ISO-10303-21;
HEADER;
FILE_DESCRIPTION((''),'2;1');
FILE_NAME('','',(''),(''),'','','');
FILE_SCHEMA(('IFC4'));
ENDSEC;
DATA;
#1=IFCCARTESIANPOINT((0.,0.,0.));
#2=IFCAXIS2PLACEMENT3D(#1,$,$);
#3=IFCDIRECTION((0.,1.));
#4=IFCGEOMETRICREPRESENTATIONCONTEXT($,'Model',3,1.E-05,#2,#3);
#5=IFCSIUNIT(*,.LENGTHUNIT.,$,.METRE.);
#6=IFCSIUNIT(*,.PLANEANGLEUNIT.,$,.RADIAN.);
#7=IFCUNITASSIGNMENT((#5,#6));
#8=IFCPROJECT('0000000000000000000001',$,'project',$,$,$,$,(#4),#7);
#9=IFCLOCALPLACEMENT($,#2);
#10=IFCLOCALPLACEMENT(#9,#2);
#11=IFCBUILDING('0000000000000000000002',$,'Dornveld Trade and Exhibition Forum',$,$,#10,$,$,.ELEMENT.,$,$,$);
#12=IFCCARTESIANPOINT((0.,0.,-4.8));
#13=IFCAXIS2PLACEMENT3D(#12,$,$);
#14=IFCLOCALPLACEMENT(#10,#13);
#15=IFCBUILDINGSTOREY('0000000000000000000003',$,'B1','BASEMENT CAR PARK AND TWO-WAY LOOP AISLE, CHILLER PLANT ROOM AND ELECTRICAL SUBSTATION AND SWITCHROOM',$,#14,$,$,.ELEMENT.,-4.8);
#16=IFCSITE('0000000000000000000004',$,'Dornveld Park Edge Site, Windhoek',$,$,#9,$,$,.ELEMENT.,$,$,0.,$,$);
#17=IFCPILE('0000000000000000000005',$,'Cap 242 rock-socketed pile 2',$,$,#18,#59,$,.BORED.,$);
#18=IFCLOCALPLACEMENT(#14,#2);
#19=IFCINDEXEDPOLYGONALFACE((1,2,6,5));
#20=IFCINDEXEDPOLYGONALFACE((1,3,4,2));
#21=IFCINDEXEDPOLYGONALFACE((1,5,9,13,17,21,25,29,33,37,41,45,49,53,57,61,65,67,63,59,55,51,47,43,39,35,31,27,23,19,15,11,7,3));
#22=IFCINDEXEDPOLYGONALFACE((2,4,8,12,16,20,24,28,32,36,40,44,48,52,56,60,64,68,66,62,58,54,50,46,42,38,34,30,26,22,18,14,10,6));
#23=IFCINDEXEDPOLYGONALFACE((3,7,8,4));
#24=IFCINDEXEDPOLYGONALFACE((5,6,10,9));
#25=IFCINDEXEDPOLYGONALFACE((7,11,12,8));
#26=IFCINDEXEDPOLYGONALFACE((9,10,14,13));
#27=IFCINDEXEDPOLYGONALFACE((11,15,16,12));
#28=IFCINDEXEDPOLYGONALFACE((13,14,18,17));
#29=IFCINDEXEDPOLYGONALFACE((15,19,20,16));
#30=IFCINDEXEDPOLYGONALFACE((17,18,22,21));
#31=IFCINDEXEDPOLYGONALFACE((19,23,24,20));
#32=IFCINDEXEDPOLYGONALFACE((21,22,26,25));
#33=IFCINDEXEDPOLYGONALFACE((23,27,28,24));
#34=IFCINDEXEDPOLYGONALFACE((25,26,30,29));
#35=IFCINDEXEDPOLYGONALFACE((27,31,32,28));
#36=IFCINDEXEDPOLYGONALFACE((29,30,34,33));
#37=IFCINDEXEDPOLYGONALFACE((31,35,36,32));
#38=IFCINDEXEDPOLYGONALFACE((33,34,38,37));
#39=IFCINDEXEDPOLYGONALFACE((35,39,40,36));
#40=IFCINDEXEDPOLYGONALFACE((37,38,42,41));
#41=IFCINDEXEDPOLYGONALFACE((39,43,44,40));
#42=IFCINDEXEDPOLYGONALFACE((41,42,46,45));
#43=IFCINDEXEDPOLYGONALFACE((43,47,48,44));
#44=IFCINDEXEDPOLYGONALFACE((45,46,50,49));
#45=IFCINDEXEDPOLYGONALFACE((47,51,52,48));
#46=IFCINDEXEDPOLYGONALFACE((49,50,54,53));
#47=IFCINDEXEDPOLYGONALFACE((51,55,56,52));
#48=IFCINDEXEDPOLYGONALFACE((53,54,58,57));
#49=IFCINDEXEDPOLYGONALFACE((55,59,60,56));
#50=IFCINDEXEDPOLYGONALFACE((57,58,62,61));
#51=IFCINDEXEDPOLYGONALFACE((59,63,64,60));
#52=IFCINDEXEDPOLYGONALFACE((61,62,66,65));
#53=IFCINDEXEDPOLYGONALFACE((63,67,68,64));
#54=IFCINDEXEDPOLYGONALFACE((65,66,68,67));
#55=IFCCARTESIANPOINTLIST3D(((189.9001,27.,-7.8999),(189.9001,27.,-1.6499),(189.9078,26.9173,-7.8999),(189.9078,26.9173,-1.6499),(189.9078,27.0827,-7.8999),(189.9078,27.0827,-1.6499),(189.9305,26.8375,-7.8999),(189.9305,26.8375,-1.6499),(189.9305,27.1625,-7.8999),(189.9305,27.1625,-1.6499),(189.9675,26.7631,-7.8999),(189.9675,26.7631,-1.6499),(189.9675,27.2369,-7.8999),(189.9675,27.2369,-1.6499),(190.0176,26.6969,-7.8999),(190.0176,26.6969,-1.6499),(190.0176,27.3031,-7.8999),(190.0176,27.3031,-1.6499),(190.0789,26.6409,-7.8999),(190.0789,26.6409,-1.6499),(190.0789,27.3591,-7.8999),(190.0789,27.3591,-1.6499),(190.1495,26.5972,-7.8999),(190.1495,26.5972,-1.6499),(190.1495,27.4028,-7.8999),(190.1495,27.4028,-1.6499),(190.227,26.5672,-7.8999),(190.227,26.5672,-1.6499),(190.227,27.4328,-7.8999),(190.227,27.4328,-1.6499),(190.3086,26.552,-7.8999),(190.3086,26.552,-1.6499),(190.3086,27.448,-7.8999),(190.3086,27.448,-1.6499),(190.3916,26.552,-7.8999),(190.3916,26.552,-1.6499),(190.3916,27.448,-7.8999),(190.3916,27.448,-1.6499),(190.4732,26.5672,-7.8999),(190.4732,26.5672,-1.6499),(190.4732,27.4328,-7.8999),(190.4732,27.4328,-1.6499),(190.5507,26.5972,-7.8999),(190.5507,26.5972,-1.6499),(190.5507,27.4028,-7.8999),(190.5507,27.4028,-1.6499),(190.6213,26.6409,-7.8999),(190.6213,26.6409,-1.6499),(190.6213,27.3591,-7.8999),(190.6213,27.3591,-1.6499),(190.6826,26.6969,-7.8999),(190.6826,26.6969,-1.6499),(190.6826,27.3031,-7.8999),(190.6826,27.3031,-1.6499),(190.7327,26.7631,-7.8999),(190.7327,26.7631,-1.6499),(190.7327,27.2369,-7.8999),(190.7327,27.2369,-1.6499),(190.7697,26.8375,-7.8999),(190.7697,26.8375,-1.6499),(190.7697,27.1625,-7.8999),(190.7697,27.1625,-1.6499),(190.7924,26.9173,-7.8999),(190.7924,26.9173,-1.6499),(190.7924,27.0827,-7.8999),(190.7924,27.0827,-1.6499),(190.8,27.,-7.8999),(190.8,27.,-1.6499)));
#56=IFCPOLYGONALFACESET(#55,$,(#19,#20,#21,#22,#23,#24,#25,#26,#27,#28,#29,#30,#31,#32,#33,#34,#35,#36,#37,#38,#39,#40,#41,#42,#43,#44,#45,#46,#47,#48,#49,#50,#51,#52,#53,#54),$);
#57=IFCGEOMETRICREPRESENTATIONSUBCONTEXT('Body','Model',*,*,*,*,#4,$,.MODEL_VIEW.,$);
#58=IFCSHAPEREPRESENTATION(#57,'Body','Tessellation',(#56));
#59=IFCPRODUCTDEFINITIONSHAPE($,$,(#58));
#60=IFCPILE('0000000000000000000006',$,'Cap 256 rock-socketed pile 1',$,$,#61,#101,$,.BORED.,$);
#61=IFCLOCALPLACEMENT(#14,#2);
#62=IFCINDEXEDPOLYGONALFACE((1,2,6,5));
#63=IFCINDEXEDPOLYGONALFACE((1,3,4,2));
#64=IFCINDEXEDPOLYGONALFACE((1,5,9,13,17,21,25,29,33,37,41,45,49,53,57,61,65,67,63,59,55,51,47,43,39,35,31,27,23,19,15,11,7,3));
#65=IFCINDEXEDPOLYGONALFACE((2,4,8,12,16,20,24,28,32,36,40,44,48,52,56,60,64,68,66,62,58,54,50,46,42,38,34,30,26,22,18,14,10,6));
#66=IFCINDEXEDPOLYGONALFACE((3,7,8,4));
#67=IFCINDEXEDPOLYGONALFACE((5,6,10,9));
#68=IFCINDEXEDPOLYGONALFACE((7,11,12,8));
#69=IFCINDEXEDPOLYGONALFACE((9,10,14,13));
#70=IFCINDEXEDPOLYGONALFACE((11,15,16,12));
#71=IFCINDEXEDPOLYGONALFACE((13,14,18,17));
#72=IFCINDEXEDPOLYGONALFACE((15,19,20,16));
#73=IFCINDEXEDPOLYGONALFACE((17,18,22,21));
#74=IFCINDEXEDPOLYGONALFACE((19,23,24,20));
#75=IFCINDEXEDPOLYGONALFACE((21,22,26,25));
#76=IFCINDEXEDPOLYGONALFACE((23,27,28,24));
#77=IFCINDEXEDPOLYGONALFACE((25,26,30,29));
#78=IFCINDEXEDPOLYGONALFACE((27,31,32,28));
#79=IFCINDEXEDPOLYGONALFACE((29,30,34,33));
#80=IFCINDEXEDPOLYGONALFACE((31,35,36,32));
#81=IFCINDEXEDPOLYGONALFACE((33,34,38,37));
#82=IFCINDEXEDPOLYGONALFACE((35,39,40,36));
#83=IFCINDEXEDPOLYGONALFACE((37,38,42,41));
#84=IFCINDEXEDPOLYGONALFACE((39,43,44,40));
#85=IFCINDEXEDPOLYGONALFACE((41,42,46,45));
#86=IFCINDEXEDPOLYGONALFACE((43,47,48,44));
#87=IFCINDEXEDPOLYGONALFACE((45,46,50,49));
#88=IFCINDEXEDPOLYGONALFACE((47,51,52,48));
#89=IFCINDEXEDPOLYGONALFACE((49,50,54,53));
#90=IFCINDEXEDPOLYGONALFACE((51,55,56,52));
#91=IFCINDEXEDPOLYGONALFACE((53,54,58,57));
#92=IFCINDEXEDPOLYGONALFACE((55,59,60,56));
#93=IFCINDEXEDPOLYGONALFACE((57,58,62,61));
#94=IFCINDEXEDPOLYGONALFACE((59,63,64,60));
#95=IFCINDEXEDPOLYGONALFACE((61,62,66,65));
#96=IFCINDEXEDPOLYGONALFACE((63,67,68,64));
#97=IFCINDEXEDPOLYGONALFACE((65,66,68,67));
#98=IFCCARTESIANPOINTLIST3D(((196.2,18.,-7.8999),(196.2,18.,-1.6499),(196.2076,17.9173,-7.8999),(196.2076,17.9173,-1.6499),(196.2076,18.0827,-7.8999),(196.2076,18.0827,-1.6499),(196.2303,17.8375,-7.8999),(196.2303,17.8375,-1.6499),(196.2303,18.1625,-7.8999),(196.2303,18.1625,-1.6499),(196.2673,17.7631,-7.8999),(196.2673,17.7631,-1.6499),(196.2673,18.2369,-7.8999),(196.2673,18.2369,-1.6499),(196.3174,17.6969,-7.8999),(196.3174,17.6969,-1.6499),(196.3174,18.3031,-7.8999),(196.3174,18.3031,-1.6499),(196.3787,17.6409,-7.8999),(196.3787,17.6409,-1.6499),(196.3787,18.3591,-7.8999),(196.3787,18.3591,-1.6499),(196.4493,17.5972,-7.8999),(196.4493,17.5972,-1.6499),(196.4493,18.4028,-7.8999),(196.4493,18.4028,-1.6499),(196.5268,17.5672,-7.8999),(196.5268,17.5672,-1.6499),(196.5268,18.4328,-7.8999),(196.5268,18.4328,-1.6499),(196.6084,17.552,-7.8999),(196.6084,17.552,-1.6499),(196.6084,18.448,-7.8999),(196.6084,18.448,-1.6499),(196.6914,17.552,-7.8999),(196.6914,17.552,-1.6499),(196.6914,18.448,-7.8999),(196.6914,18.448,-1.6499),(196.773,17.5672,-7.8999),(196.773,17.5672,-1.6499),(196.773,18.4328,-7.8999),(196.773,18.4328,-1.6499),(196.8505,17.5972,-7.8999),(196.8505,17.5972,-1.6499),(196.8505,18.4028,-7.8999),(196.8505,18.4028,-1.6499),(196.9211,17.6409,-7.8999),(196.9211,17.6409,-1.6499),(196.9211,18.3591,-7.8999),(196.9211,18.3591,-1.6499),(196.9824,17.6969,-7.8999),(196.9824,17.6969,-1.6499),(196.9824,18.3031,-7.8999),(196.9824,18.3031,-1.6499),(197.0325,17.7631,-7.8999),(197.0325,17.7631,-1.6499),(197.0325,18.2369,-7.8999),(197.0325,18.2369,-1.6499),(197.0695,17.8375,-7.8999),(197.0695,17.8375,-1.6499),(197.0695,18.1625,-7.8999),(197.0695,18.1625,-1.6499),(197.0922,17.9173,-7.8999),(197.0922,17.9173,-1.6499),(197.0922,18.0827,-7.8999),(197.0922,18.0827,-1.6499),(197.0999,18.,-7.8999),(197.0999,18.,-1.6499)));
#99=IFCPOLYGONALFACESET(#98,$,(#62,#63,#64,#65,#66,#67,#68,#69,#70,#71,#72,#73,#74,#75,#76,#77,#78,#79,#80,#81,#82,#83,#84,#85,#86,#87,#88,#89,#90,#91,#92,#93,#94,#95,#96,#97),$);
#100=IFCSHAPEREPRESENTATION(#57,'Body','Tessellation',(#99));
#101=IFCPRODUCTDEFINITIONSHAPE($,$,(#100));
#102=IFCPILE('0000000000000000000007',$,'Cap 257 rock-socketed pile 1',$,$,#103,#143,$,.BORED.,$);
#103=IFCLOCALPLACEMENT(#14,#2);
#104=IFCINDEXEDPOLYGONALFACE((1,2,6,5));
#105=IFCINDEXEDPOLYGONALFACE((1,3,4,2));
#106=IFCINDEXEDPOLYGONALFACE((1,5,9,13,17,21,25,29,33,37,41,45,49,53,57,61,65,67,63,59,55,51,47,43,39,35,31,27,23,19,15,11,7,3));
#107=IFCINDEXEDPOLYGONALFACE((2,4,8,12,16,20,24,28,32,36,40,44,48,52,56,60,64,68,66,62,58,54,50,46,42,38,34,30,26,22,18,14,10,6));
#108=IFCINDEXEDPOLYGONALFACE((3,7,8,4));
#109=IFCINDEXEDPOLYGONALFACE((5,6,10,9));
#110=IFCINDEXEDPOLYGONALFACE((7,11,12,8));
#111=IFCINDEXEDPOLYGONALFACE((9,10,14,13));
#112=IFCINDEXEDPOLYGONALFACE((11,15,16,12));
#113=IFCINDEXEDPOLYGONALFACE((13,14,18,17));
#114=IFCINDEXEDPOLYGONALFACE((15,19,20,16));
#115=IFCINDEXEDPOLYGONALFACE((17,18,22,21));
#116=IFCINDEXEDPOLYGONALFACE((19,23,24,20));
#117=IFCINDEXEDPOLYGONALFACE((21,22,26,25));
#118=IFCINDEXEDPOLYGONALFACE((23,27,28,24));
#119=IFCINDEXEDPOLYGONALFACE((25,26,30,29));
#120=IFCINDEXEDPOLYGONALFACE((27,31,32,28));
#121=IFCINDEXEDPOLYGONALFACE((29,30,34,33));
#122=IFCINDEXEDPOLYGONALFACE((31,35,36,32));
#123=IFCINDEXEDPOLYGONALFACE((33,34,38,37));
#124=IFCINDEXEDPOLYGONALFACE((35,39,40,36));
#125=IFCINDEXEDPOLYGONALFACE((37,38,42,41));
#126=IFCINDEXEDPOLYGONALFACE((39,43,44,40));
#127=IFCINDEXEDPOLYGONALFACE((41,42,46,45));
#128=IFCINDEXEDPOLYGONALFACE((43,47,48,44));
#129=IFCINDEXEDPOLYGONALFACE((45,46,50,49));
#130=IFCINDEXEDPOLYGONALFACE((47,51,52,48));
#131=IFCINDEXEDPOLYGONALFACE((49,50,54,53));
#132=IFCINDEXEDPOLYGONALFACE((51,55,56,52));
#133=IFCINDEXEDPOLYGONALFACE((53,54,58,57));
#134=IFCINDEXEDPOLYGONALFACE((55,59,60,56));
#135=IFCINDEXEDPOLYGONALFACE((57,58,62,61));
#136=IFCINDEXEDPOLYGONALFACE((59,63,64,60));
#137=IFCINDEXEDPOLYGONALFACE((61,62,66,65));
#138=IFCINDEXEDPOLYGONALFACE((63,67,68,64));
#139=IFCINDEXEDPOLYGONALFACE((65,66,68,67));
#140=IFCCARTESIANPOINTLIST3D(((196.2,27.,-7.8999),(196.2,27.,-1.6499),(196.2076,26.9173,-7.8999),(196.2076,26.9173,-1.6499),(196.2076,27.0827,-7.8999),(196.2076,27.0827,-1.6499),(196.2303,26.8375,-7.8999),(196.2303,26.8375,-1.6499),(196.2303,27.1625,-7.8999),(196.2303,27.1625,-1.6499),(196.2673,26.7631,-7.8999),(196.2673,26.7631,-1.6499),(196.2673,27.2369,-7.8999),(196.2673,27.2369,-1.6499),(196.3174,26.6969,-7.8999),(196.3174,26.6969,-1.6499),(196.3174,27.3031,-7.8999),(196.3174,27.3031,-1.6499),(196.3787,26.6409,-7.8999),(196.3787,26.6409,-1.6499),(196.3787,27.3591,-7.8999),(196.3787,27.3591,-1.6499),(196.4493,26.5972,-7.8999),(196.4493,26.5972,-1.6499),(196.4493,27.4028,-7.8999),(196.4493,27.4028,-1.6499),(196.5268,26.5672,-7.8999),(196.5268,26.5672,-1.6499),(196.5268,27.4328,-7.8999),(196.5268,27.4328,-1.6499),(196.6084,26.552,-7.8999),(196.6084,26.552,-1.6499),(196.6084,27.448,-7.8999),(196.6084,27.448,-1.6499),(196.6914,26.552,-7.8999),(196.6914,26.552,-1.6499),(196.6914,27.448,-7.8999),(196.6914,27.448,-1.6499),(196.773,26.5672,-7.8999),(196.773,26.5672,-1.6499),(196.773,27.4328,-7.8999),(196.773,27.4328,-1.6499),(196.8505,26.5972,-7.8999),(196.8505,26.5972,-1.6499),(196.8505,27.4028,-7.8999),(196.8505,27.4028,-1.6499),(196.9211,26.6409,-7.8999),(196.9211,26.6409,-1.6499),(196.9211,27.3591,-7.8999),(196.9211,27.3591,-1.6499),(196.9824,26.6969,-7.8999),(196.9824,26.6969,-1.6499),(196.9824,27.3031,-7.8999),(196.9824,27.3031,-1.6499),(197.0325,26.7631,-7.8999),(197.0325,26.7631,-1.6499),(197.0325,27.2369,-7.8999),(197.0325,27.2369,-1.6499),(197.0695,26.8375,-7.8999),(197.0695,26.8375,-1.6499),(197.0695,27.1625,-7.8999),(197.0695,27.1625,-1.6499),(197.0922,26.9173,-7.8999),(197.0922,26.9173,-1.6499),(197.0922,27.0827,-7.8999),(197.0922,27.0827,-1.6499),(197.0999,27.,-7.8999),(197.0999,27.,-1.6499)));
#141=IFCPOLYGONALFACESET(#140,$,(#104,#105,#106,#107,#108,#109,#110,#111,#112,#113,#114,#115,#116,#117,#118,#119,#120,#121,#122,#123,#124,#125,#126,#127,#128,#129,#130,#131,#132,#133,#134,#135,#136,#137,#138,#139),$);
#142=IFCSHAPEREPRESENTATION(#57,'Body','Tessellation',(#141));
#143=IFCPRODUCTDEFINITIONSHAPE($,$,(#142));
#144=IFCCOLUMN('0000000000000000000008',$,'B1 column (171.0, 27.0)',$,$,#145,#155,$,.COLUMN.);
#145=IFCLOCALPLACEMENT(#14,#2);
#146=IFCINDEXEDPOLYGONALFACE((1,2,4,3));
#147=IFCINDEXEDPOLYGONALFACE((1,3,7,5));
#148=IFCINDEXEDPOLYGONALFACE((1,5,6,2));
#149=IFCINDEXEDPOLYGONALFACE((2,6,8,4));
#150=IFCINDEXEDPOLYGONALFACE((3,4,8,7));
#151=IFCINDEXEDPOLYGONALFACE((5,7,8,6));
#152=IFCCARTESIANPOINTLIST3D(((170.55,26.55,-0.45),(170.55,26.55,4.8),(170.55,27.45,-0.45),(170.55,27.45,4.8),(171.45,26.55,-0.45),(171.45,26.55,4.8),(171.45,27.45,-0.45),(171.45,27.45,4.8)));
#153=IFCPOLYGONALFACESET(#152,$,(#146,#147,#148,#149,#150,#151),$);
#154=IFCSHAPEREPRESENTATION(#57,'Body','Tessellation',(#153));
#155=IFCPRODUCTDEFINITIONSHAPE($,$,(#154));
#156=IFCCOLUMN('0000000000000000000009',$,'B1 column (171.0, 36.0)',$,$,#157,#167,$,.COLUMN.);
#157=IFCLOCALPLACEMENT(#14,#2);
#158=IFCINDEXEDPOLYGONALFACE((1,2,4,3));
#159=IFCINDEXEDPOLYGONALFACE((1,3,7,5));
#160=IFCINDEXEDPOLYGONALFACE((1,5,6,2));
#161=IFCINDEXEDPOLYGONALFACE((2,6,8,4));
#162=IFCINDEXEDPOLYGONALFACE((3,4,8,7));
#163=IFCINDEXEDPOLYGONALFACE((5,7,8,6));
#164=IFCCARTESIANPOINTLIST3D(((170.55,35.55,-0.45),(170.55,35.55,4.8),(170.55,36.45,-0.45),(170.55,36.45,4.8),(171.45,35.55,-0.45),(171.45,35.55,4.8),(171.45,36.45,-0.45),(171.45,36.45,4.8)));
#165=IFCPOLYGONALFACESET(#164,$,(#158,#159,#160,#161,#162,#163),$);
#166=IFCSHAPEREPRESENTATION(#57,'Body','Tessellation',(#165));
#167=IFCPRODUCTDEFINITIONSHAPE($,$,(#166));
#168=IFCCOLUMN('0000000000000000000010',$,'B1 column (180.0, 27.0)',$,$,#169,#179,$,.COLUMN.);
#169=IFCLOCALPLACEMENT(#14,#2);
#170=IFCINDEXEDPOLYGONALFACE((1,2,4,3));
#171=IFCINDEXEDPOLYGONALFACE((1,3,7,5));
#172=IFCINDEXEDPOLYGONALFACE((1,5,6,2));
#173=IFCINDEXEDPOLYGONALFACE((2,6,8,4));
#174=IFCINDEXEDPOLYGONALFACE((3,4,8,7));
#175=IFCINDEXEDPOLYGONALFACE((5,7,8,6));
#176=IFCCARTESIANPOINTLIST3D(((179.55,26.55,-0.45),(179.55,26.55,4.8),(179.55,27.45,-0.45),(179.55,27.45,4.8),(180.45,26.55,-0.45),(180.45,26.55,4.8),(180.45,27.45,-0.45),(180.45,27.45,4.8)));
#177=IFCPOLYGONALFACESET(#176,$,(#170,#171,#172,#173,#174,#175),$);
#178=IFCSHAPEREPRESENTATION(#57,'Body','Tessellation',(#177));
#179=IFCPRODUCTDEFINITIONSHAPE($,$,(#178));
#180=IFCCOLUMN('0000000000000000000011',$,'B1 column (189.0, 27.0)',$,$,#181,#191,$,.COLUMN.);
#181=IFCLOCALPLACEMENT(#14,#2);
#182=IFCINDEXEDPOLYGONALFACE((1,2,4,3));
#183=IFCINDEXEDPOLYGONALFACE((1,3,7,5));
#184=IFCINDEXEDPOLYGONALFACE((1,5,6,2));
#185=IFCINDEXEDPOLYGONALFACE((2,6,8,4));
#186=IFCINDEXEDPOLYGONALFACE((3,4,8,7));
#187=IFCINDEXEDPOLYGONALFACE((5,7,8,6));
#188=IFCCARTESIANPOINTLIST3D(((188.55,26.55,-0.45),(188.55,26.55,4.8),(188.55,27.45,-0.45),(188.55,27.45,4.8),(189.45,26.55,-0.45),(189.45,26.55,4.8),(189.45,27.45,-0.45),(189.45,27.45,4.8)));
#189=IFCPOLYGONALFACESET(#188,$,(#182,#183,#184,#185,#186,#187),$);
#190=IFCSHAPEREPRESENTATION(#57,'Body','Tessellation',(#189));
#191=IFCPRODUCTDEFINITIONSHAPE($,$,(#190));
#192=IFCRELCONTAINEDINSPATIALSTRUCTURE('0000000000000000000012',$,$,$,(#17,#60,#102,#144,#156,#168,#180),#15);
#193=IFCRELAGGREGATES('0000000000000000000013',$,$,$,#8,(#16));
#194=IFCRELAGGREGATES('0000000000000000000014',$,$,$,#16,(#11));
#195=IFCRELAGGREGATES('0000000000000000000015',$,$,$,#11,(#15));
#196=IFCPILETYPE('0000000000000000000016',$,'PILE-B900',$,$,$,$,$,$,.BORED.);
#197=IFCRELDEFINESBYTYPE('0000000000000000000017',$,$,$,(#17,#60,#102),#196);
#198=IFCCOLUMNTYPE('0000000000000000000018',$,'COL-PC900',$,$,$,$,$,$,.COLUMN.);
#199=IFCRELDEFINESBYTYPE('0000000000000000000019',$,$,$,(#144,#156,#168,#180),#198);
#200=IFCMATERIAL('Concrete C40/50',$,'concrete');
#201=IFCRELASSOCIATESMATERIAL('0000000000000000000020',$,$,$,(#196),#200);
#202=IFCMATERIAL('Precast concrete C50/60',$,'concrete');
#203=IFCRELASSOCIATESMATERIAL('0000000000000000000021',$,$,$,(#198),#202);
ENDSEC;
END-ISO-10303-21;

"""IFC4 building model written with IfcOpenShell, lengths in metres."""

from ifc_helpers import new_model, si_unit, direction, frame, origin, origin_2d, place, context, subcontext, project, spatial, rectangle, circle, extrude, material, material_profile, profile_set, type_object, element, save


model = new_model("IFC4")

# Units and contexts
model_context = context("Model", 3, precision=1e-05, world=origin(), true_north=direction((0.0, 1.0)))
body_context = subcontext(model_context, "Body", "Model", "MODEL_VIEW")
ifc_project = project(units=[si_unit("LENGTHUNIT", "METRE"), si_unit("PLANEANGLEUNIT", "RADIAN")], contexts=[model_context])

# Site, building, storey
site_placement = place(None, origin())
site = spatial("IfcSite", under=ifc_project, at=site_placement, Name="Dornveld Park Edge Site, Windhoek", CompositionType="ELEMENT", RefElevation=0.0)
building_placement = place(site_placement, origin())
building = spatial("IfcBuilding", under=site, at=building_placement, Name="Dornveld Trade and Exhibition Forum", CompositionType="ELEMENT")
storey_placement = place(building_placement, frame((0.0, 0.0, -4.8)))
storey = spatial("IfcBuildingStorey", under=building, at=storey_placement, Name="B1", Description="BASEMENT CAR PARK AND TWO-WAY LOOP AISLE, CHILLER PLANT ROOM AND ELECTRICAL SUBSTATION AND SWITCHROOM", CompositionType="ELEMENT", Elevation=-4.8)

# Piles
ifc_material_1 = material(Name="Concrete C40/50", Category="concrete")
ifc_material_profile_1 = material_profile(ifc_material_1, circle(Radius=0.45, at=origin_2d()), Name="PILE D900")
ifc_profile_set_1 = profile_set([ifc_material_profile_1], Name="Concrete C40/50")
pile_type = type_object("IfcPileType", Name="PILE-B900", PredefinedType="BORED", material=ifc_profile_set_1)
for number, where, z_axis, x_axis, name in (
    (1, (190.3501, 27.0, -1.6499), (0.0, 0.0, -1.0), (1.0, 0.0, 0.0), "Cap 242 rock-socketed pile 2"),
    (2, (196.6499, 18.0, -1.6499), (0.0, 0.0, -1.0), (1.0, 0.0, 0.0), "Cap 256 rock-socketed pile 1"),
    (3, (196.6499, 27.0, -1.6499), (0.0, 0.0, -1.0), (1.0, 0.0, 0.0), "Cap 257 rock-socketed pile 1"),
):
    element("IfcPile", number, at=place(storey_placement, frame(where, z_axis=z_axis, x_axis=x_axis)), inside=storey, type_object=pile_type, Name=name, PredefinedType="BORED", context=body_context, shape_type="SweptSolid", body=[
        extrude(circle(Radius=0.45, at=origin_2d()), origin(), (0.0, 0.0, 1.0), 6.25),
    ])

# Columns
ifc_material_2 = material(Name="Precast concrete C50/60", Category="concrete")
ifc_material_profile_2 = material_profile(ifc_material_2, rectangle(XDim=0.8999, YDim=0.8999, at=origin_2d()), Name="PC-COL 900x900")
ifc_profile_set_2 = profile_set([ifc_material_profile_2], Name="Precast concrete C50/60")
column_type = type_object("IfcColumnType", Name="COL-PC900", PredefinedType="COLUMN", material=ifc_profile_set_2)
for number, where, z_axis, x_axis, name in (
    (4, (171.0, 27.0, -0.45), (0.0, 0.0, 1.0), (1.0, 0.0, 0.0), "B1 column (171.0, 27.0)"),
    (5, (171.0, 36.0, -0.45), (0.0, 0.0, 1.0), (1.0, 0.0, 0.0), "B1 column (171.0, 36.0)"),
    (6, (180.0, 27.0, -0.45), (0.0, 0.0, 1.0), (1.0, 0.0, 0.0), "B1 column (180.0, 27.0)"),
    (7, (189.0, 27.0, -0.45), (0.0, 0.0, 1.0), (1.0, 0.0, 0.0), "B1 column (189.0, 27.0)"),
):
    element("IfcColumn", number, at=place(storey_placement, frame(where, z_axis=z_axis, x_axis=x_axis)), inside=storey, type_object=column_type, Name=name, PredefinedType="COLUMN", context=body_context, shape_type="SweptSolid", body=[
        extrude(rectangle(XDim=0.8999, YDim=0.8999, at=origin_2d()), origin(), (0.0, 0.0, 1.0), 5.25),
    ])

save(model, "model.ifc")
